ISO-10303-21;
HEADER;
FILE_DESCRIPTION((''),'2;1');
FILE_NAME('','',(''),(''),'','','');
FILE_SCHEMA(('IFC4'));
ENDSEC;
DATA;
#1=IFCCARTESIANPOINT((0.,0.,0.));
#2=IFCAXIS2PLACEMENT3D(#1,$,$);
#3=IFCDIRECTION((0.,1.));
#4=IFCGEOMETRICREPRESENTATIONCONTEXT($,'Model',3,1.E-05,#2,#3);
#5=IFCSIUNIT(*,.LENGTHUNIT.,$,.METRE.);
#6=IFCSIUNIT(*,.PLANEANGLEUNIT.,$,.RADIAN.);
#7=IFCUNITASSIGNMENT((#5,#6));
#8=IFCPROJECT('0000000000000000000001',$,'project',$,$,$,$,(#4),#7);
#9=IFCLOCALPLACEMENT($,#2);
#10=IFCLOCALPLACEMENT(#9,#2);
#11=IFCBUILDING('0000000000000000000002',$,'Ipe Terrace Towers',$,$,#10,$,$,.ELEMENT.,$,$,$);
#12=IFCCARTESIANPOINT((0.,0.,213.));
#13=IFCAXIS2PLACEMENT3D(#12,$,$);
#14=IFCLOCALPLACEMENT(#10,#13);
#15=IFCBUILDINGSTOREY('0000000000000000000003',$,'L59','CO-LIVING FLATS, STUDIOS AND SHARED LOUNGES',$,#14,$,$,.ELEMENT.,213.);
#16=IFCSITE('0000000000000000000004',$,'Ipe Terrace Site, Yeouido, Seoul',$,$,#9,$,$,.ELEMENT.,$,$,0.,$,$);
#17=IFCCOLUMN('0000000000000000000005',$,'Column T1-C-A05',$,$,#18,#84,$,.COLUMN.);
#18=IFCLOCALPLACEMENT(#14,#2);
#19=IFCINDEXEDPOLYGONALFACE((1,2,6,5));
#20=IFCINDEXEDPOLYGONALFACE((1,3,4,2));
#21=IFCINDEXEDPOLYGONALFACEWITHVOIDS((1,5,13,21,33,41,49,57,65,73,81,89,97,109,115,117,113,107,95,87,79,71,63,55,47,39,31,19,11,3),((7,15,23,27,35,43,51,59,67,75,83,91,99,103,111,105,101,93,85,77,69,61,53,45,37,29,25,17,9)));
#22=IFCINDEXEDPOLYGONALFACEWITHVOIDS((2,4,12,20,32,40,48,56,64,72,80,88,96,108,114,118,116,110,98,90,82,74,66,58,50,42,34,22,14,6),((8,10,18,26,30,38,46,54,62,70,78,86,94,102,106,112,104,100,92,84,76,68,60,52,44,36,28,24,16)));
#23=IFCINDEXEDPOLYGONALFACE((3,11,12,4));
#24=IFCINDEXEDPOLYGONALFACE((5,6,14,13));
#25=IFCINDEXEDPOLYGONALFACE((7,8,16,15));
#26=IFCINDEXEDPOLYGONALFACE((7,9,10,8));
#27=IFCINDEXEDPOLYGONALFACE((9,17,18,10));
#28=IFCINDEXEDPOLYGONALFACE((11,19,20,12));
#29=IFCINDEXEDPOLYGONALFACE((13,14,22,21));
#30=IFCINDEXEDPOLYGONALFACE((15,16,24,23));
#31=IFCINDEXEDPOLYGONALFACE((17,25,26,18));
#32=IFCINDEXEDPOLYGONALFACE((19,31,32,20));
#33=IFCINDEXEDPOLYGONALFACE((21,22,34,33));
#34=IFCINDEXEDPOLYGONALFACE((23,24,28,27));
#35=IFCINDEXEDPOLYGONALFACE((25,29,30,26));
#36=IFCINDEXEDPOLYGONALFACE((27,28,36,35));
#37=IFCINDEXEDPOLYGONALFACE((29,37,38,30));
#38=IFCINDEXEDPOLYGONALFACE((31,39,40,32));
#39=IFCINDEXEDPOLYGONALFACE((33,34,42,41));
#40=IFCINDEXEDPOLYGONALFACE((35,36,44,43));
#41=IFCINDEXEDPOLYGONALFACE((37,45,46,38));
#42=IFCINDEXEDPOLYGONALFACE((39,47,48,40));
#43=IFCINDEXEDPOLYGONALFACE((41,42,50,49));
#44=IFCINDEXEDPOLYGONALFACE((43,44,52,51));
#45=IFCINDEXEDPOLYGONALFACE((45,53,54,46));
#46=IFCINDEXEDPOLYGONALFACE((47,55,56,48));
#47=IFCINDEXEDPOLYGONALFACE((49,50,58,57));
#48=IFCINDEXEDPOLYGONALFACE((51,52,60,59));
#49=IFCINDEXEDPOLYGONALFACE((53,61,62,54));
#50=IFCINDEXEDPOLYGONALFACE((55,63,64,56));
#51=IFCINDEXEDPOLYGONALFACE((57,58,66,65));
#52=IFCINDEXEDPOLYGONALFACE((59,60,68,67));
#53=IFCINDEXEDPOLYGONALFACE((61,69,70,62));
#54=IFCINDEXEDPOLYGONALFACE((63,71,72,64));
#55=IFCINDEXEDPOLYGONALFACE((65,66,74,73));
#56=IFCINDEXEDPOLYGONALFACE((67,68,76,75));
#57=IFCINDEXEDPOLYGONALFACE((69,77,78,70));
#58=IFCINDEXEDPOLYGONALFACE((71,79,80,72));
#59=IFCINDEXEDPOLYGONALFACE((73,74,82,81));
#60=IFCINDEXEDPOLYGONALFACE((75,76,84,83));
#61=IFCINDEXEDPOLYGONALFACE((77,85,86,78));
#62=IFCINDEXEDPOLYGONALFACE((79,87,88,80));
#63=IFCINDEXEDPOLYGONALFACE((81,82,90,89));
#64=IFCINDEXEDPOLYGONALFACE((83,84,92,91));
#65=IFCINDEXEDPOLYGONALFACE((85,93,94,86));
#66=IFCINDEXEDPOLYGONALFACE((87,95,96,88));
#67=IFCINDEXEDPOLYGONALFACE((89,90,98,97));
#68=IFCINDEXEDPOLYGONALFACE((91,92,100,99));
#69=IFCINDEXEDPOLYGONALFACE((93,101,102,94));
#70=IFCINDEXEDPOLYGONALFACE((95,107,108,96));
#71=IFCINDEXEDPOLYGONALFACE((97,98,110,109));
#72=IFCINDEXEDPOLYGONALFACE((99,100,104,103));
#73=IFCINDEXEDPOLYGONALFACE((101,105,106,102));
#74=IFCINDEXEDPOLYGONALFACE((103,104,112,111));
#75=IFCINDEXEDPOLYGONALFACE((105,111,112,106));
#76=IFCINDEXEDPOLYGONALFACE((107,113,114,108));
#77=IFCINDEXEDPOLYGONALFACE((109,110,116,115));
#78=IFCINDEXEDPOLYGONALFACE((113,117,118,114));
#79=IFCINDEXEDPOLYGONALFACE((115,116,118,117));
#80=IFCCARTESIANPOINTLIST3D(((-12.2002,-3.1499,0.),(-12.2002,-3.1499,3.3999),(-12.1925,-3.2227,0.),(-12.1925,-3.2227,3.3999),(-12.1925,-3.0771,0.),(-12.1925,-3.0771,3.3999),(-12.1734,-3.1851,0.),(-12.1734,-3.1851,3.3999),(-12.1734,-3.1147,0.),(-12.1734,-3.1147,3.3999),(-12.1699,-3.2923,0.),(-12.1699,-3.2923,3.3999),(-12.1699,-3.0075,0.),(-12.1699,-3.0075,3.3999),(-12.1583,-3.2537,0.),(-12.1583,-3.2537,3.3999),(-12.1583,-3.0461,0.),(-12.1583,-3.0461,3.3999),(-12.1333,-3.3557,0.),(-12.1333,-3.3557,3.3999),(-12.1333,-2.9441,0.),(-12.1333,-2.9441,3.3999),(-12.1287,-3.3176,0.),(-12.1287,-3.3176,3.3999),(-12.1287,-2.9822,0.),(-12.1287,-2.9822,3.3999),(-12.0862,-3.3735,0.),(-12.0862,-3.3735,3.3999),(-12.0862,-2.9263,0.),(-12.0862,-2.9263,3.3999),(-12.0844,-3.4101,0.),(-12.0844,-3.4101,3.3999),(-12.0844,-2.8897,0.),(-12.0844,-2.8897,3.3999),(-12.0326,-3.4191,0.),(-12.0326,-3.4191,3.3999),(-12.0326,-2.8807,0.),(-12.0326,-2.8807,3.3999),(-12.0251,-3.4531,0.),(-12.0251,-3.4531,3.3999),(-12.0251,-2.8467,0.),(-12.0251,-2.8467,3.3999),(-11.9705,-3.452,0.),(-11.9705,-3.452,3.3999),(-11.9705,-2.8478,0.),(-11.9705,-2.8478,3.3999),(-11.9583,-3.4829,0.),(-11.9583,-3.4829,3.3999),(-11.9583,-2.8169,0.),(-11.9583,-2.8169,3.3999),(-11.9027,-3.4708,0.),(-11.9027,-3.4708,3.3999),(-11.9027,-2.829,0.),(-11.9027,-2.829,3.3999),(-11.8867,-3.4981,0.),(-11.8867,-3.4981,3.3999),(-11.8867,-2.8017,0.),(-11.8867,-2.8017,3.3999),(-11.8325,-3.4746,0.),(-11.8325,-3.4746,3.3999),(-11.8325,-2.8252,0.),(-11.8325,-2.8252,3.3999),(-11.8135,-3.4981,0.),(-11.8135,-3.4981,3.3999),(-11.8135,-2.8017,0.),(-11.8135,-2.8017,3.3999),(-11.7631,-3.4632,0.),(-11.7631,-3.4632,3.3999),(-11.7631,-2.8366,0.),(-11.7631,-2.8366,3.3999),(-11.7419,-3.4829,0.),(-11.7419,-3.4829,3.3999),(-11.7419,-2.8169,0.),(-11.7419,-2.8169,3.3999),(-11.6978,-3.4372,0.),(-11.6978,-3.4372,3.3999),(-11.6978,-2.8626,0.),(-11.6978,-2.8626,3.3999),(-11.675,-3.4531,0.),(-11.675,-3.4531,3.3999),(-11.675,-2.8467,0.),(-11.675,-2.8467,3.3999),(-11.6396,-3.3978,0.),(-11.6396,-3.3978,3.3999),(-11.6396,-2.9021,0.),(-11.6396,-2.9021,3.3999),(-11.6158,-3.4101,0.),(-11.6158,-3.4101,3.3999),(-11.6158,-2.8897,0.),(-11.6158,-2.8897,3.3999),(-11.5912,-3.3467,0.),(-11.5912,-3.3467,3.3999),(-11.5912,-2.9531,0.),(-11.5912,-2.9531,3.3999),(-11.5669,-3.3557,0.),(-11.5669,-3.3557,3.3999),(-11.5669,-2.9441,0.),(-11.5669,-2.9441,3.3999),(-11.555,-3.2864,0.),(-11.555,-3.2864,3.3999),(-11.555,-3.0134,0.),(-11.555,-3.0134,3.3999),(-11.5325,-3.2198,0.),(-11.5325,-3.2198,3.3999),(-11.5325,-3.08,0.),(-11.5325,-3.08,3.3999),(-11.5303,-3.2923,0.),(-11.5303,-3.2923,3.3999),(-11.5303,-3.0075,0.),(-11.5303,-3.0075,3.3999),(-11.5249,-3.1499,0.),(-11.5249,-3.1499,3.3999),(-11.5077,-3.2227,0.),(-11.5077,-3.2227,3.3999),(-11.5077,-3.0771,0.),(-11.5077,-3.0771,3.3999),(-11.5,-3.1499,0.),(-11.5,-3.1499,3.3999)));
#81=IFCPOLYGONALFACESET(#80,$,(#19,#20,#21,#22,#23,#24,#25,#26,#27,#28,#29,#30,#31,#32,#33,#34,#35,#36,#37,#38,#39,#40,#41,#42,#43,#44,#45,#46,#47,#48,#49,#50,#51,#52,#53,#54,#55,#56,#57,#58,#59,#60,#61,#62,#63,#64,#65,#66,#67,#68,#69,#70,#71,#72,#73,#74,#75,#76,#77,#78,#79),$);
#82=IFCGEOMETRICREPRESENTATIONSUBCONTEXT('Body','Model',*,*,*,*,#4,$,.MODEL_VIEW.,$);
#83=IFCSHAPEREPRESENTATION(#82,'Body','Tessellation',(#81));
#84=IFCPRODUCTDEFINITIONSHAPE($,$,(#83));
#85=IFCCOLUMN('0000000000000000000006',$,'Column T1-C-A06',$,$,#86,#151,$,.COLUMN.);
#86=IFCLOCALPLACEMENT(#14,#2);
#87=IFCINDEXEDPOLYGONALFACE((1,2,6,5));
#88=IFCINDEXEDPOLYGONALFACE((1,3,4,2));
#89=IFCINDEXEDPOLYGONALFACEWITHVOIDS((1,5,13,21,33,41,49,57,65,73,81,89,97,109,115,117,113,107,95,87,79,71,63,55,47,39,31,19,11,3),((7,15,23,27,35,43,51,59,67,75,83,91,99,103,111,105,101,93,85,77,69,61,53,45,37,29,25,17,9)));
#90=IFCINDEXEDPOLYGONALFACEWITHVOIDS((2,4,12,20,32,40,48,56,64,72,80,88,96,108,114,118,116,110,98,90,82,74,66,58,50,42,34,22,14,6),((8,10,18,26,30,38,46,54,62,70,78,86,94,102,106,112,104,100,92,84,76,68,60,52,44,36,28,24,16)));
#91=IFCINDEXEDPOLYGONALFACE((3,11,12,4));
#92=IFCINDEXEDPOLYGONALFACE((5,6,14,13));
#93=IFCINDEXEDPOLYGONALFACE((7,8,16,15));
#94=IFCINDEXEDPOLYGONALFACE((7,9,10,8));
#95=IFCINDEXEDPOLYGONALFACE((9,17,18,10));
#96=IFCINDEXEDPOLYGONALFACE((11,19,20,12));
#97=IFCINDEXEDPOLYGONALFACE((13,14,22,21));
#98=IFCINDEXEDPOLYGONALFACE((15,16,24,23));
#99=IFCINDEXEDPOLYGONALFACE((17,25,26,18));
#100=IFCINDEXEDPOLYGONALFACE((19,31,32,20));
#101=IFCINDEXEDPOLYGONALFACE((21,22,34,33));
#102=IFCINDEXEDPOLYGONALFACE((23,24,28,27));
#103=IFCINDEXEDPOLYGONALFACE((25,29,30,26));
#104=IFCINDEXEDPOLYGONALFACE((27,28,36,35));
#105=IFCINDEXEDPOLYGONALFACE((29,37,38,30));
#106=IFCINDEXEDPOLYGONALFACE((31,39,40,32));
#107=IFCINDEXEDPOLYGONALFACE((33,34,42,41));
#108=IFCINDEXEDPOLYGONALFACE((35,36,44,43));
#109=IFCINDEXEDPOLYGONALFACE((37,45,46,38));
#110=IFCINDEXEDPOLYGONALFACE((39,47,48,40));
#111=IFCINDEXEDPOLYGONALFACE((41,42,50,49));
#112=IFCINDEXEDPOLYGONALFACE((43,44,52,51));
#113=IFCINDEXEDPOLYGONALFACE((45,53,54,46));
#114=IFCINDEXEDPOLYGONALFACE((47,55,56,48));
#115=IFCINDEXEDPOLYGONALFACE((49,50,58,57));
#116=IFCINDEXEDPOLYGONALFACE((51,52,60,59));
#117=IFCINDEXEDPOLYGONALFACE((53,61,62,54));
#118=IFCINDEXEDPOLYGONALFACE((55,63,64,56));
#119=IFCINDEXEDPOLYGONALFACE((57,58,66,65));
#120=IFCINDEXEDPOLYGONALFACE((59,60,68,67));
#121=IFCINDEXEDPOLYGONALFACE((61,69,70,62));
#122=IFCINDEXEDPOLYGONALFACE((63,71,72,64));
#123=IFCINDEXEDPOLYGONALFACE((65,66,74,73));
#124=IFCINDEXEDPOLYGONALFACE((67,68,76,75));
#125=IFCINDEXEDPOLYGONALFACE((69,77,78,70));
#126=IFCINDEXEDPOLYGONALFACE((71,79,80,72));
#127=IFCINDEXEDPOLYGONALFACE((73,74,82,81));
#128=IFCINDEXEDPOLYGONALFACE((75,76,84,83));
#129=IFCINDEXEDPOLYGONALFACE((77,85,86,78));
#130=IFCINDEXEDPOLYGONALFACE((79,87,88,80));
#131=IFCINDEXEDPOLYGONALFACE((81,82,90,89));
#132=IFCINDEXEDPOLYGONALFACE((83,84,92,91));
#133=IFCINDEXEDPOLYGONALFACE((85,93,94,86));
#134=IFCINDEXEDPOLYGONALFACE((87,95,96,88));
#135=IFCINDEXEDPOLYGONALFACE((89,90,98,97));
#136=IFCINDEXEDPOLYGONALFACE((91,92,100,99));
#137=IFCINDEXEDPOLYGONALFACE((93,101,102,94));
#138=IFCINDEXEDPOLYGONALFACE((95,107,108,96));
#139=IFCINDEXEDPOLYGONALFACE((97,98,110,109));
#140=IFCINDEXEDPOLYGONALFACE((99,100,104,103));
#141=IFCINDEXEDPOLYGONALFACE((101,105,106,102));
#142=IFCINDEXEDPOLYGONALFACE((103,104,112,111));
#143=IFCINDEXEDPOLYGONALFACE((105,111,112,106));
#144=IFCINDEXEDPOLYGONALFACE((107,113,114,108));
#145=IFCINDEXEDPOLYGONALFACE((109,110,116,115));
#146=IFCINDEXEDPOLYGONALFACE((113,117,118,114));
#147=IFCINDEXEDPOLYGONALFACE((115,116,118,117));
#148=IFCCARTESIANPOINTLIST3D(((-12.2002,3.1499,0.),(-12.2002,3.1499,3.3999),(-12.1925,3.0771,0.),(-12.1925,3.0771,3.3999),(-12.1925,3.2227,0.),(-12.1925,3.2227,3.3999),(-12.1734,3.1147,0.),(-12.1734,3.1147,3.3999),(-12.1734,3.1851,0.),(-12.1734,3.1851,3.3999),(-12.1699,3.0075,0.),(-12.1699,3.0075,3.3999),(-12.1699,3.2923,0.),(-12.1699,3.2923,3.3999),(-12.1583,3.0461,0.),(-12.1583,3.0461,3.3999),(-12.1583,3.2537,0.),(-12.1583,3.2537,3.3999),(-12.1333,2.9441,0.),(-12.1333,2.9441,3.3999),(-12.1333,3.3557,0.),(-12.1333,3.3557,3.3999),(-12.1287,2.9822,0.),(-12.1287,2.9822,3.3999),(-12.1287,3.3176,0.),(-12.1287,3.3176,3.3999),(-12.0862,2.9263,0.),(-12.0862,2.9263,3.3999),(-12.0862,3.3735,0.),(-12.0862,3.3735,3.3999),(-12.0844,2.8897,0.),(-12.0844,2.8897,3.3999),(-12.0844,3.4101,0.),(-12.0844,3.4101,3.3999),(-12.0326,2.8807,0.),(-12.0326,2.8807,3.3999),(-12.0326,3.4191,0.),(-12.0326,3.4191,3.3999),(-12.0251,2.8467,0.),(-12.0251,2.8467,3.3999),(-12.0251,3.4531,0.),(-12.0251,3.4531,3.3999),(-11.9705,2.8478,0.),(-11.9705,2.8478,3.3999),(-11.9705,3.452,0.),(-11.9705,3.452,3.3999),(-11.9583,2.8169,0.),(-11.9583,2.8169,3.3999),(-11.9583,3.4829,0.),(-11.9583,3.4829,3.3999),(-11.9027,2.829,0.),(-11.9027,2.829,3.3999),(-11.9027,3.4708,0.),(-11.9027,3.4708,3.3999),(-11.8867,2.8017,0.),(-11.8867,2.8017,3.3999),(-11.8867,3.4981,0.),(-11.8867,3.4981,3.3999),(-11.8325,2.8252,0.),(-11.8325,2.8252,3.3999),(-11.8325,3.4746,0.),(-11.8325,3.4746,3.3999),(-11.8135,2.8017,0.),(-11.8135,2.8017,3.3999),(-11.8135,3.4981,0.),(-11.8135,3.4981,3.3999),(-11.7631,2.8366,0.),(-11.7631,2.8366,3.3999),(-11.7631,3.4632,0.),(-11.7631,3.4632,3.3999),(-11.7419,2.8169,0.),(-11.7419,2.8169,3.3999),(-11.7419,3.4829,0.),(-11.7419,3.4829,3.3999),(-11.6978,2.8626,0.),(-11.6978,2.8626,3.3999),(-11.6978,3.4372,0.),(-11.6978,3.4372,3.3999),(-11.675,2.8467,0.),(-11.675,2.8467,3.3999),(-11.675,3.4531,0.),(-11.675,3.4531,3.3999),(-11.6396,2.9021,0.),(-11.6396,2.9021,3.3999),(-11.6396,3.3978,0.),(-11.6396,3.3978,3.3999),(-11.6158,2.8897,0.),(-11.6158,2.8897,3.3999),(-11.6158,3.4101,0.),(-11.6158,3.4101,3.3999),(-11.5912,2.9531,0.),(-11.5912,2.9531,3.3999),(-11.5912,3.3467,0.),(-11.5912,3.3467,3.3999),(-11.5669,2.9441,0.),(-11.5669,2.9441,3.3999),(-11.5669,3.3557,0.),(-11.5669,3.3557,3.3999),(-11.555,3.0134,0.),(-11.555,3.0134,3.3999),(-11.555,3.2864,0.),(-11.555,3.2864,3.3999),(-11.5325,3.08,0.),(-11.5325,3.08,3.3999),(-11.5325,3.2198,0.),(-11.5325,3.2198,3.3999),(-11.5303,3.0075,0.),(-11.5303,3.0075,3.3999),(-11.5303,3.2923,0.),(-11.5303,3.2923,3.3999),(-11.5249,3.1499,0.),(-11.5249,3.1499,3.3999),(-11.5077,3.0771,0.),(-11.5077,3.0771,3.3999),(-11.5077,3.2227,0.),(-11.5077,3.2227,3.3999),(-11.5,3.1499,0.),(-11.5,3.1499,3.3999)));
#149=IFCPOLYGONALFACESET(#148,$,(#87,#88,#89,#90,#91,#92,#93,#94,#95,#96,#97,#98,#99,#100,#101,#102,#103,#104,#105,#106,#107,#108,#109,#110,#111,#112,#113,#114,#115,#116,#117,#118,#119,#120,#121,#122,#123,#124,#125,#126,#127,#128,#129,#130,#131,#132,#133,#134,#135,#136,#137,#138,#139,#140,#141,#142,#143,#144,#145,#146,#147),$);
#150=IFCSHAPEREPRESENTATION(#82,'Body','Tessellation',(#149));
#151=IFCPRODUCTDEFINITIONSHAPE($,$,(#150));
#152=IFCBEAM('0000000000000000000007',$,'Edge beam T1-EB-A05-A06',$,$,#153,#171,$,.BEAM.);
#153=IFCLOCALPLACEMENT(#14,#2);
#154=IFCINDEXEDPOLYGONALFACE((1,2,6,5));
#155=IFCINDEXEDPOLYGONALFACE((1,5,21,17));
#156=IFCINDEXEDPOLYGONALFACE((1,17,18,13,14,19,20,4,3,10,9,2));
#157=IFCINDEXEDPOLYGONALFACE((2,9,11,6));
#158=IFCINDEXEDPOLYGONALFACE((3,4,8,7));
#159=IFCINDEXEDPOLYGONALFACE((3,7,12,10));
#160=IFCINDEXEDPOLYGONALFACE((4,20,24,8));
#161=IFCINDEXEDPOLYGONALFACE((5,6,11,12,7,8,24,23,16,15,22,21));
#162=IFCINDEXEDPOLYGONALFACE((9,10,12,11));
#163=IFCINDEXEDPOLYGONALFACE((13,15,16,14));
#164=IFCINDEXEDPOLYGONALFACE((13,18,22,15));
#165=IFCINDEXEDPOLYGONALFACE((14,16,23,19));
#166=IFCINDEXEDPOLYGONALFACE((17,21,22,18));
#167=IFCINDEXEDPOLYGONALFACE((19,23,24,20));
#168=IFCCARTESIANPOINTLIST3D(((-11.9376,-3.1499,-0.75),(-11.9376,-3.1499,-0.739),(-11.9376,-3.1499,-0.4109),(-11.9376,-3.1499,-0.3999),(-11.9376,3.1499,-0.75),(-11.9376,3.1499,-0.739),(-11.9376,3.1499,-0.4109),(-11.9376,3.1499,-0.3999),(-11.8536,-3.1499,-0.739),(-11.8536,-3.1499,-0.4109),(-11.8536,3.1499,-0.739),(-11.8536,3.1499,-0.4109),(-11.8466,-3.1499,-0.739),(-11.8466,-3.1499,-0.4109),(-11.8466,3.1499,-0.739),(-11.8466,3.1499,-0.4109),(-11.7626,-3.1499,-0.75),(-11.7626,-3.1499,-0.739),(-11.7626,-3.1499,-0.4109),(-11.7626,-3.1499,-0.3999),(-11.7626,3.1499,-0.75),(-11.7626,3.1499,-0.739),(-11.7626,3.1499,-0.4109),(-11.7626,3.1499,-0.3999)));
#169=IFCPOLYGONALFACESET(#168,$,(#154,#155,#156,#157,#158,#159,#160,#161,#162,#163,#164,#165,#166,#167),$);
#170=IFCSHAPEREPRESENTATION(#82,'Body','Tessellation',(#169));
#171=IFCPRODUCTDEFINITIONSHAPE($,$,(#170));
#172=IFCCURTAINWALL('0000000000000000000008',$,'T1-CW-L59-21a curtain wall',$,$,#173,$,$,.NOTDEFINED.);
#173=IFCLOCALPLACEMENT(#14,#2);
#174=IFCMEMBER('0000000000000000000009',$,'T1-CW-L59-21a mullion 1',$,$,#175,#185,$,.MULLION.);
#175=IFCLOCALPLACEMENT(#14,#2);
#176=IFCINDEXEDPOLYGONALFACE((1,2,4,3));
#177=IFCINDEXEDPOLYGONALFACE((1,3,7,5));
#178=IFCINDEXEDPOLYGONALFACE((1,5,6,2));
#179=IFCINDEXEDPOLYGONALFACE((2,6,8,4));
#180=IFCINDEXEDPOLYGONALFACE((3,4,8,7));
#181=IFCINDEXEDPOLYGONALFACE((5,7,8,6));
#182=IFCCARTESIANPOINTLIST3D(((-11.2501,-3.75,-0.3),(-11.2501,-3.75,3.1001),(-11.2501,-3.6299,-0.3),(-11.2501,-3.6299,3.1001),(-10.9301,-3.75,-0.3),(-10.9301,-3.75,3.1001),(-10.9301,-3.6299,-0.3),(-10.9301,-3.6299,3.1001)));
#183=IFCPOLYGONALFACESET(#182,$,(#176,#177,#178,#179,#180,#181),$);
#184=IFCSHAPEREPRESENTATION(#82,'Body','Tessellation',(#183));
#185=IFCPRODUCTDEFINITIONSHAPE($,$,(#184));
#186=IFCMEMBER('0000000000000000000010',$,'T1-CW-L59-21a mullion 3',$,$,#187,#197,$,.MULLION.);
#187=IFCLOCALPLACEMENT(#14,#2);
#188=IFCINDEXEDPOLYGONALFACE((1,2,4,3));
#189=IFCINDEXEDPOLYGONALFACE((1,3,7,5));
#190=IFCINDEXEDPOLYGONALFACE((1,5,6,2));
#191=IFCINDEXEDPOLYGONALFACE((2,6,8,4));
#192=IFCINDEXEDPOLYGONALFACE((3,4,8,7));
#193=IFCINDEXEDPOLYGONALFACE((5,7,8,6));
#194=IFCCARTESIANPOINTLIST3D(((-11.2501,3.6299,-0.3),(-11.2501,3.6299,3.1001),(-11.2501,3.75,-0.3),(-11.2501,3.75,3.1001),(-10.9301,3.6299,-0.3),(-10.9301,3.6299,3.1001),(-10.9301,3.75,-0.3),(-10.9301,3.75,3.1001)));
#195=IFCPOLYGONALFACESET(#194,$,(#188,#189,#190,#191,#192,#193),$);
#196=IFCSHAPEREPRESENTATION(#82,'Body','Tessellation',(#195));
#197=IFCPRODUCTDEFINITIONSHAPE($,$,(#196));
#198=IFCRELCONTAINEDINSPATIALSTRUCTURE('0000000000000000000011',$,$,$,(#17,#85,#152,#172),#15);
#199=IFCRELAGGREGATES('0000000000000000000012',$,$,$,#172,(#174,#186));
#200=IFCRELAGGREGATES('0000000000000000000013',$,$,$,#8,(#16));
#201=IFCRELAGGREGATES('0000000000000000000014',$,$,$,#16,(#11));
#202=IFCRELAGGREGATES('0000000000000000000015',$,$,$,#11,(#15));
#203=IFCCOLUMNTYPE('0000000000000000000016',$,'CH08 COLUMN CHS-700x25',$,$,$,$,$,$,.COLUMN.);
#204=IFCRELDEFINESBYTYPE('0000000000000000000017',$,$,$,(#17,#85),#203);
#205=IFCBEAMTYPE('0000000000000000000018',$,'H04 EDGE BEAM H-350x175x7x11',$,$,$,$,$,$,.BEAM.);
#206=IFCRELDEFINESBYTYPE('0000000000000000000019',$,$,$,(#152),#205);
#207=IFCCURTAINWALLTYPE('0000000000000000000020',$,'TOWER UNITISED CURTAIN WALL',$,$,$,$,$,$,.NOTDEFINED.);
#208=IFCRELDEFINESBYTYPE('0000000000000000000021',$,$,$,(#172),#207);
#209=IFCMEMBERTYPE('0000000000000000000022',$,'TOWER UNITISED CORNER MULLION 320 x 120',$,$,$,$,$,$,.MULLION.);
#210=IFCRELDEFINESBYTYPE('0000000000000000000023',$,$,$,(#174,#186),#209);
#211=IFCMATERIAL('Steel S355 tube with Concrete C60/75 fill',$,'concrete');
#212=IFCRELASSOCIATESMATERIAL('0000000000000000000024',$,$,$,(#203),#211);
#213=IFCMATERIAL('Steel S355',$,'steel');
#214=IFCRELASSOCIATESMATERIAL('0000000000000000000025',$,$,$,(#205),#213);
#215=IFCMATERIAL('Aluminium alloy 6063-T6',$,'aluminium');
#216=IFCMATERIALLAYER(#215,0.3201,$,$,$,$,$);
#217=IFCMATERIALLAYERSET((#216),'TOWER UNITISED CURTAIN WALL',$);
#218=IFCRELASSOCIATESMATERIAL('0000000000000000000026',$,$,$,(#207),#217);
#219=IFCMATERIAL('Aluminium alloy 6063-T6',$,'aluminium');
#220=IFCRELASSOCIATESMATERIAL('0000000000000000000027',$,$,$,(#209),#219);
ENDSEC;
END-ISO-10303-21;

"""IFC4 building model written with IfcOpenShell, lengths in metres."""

from ifc_helpers import new_model, si_unit, direction, frame, origin, origin_2d, place, context, subcontext, project, spatial, rectangle, hollow_circle, i_section, extrude, material, layer, layer_set, material_profile, profile_set, type_object, element, aggregate, save


model = new_model("IFC4")

# Units and contexts
model_context = context("Model", 3, precision=1e-05, world=origin(), true_north=direction((0.0, 1.0)))
body_context = subcontext(model_context, "Body", "Model", "MODEL_VIEW")
ifc_project = project(units=[si_unit("LENGTHUNIT", "METRE"), si_unit("PLANEANGLEUNIT", "RADIAN")], contexts=[model_context])

# Site, building, storey
site_placement = place(None, origin())
site = spatial("IfcSite", under=ifc_project, at=site_placement, Name="Ipe Terrace Site, Yeouido, Seoul", CompositionType="ELEMENT", RefElevation=0.0)
building_placement = place(site_placement, origin())
building = spatial("IfcBuilding", under=site, at=building_placement, Name="Ipe Terrace Towers", CompositionType="ELEMENT")
storey_placement = place(building_placement, frame((0.0, 0.0, 213.0)))
storey = spatial("IfcBuildingStorey", under=building, at=storey_placement, Name="L59", Description="CO-LIVING FLATS, STUDIOS AND SHARED LOUNGES", CompositionType="ELEMENT", Elevation=213.0)

# Columns
ifc_material_1 = material(Name="Steel S355 tube with Concrete C60/75 fill", Category="concrete")
ifc_material_profile_1 = material_profile(ifc_material_1, hollow_circle(Radius=0.3501, WallThickness=0.0249, at=origin_2d()), Name="CHS-700x25")
ifc_profile_set_1 = profile_set([ifc_material_profile_1], Name="Steel S355 tube with Concrete C60/75 fill")
column_type = type_object("IfcColumnType", Name="CH08 COLUMN CHS-700x25", PredefinedType="COLUMN", material=ifc_profile_set_1)
for number, where, z_axis, x_axis, name in (
    (1, (-11.8501, -3.1499, 0.0), (0.0, 0.0, 1.0), (1.0, 0.0, 0.0), "Column T1-C-A05"),
    (2, (-11.8501, 3.1499, 0.0), (0.0, 0.0, 1.0), (1.0, 0.0, 0.0), "Column T1-C-A06"),
):
    element("IfcColumn", number, at=place(storey_placement, frame(where, z_axis=z_axis, x_axis=x_axis)), inside=storey, type_object=column_type, Name=name, PredefinedType="COLUMN", context=body_context, shape_type="SweptSolid", body=[
        extrude(hollow_circle(Radius=0.3501, WallThickness=0.0249, at=origin_2d()), origin(), (0.0, 0.0, 1.0), 3.3999),
    ])

# Beam
ifc_material_2 = material(Name="Steel S355", Category="steel")
ifc_material_profile_2 = material_profile(ifc_material_2, i_section(OverallWidth=0.175, OverallDepth=0.3501, WebThickness=0.0071, FlangeThickness=0.011, at=origin_2d()), Name="H-350x175x7x11")
ifc_profile_set_2 = profile_set([ifc_material_profile_2], Name="Steel S355")
beam_type = type_object("IfcBeamType", Name="H04 EDGE BEAM H-350x175x7x11", PredefinedType="BEAM", material=ifc_profile_set_2)
beam_placement = place(storey_placement, frame((-11.8501, -3.1499, -0.575), z_axis=(0.0, 1.0, 0.0), x_axis=(-1.0, 0.0, 0.0)))
element("IfcBeam", 3, at=beam_placement, inside=storey, type_object=beam_type, Name="Edge beam T1-EB-A05-A06", PredefinedType="BEAM", context=body_context, shape_type="SweptSolid", body=[
    extrude(i_section(OverallWidth=0.175, OverallDepth=0.3501, WebThickness=0.0071, FlangeThickness=0.011, at=origin_2d()), origin(), (0.0, 0.0, 1.0), 6.2998),
])

# Curtain wall, members
ifc_material_3 = material(Name="Aluminium alloy 6063-T6", Category="aluminium")
ifc_layer_1 = layer(ifc_material_3, 0.3201)
ifc_layer_set_1 = layer_set([ifc_layer_1], Name="TOWER UNITISED CURTAIN WALL")
curtain_wall_type = type_object("IfcCurtainWallType", Name="TOWER UNITISED CURTAIN WALL", PredefinedType="NOTDEFINED", material=ifc_layer_set_1)
curtain_wall_1_placement = place(storey_placement, origin())
curtain_wall_1 = element("IfcCurtainWall", 4, at=curtain_wall_1_placement, inside=storey, type_object=curtain_wall_type, Name="T1-CW-L59-21a curtain wall", PredefinedType="NOTDEFINED")
ifc_material_4 = material(Name="Aluminium alloy 6063-T6", Category="aluminium")
ifc_material_profile_3 = material_profile(ifc_material_4, rectangle(XDim=0.3201, YDim=0.1201, at=origin_2d()), Name="TOWER UNITISED CORNER MULLION 320 x 120")
ifc_profile_set_3 = profile_set([ifc_material_profile_3], Name="Aluminium alloy 6063-T6")
member_type_1 = type_object("IfcMemberType", Name="TOWER UNITISED CORNER MULLION 320 x 120", PredefinedType="MULLION", material=ifc_profile_set_3)
member_1_placement = place(storey_placement, frame((-11.0901, -3.6899, -0.3), z_axis=(0.0, 0.0, 1.0), x_axis=(1.0, 0.0, 0.0)))
member_1 = element("IfcMember", 5, at=member_1_placement, type_object=member_type_1, Name="T1-CW-L59-21a mullion 1", PredefinedType="MULLION", context=body_context, shape_type="SweptSolid", body=[
    extrude(rectangle(XDim=0.3201, YDim=0.1201, at=origin_2d()), origin(), (0.0, 0.0, 1.0), 3.4001),
])
member_2_placement = place(storey_placement, frame((-11.0901, 3.6899, -0.3), z_axis=(0.0, 0.0, 1.0), x_axis=(1.0, 0.0, 0.0)))
member_2 = element("IfcMember", 6, at=member_2_placement, type_object=member_type_1, Name="T1-CW-L59-21a mullion 3", PredefinedType="MULLION", context=body_context, shape_type="SweptSolid", body=[
    extrude(rectangle(XDim=0.3201, YDim=0.1201, at=origin_2d()), origin(), (0.0, 0.0, 1.0), 3.4001),
])

aggregate(curtain_wall_1, [member_1, member_2])

save(model, "model.ifc")
